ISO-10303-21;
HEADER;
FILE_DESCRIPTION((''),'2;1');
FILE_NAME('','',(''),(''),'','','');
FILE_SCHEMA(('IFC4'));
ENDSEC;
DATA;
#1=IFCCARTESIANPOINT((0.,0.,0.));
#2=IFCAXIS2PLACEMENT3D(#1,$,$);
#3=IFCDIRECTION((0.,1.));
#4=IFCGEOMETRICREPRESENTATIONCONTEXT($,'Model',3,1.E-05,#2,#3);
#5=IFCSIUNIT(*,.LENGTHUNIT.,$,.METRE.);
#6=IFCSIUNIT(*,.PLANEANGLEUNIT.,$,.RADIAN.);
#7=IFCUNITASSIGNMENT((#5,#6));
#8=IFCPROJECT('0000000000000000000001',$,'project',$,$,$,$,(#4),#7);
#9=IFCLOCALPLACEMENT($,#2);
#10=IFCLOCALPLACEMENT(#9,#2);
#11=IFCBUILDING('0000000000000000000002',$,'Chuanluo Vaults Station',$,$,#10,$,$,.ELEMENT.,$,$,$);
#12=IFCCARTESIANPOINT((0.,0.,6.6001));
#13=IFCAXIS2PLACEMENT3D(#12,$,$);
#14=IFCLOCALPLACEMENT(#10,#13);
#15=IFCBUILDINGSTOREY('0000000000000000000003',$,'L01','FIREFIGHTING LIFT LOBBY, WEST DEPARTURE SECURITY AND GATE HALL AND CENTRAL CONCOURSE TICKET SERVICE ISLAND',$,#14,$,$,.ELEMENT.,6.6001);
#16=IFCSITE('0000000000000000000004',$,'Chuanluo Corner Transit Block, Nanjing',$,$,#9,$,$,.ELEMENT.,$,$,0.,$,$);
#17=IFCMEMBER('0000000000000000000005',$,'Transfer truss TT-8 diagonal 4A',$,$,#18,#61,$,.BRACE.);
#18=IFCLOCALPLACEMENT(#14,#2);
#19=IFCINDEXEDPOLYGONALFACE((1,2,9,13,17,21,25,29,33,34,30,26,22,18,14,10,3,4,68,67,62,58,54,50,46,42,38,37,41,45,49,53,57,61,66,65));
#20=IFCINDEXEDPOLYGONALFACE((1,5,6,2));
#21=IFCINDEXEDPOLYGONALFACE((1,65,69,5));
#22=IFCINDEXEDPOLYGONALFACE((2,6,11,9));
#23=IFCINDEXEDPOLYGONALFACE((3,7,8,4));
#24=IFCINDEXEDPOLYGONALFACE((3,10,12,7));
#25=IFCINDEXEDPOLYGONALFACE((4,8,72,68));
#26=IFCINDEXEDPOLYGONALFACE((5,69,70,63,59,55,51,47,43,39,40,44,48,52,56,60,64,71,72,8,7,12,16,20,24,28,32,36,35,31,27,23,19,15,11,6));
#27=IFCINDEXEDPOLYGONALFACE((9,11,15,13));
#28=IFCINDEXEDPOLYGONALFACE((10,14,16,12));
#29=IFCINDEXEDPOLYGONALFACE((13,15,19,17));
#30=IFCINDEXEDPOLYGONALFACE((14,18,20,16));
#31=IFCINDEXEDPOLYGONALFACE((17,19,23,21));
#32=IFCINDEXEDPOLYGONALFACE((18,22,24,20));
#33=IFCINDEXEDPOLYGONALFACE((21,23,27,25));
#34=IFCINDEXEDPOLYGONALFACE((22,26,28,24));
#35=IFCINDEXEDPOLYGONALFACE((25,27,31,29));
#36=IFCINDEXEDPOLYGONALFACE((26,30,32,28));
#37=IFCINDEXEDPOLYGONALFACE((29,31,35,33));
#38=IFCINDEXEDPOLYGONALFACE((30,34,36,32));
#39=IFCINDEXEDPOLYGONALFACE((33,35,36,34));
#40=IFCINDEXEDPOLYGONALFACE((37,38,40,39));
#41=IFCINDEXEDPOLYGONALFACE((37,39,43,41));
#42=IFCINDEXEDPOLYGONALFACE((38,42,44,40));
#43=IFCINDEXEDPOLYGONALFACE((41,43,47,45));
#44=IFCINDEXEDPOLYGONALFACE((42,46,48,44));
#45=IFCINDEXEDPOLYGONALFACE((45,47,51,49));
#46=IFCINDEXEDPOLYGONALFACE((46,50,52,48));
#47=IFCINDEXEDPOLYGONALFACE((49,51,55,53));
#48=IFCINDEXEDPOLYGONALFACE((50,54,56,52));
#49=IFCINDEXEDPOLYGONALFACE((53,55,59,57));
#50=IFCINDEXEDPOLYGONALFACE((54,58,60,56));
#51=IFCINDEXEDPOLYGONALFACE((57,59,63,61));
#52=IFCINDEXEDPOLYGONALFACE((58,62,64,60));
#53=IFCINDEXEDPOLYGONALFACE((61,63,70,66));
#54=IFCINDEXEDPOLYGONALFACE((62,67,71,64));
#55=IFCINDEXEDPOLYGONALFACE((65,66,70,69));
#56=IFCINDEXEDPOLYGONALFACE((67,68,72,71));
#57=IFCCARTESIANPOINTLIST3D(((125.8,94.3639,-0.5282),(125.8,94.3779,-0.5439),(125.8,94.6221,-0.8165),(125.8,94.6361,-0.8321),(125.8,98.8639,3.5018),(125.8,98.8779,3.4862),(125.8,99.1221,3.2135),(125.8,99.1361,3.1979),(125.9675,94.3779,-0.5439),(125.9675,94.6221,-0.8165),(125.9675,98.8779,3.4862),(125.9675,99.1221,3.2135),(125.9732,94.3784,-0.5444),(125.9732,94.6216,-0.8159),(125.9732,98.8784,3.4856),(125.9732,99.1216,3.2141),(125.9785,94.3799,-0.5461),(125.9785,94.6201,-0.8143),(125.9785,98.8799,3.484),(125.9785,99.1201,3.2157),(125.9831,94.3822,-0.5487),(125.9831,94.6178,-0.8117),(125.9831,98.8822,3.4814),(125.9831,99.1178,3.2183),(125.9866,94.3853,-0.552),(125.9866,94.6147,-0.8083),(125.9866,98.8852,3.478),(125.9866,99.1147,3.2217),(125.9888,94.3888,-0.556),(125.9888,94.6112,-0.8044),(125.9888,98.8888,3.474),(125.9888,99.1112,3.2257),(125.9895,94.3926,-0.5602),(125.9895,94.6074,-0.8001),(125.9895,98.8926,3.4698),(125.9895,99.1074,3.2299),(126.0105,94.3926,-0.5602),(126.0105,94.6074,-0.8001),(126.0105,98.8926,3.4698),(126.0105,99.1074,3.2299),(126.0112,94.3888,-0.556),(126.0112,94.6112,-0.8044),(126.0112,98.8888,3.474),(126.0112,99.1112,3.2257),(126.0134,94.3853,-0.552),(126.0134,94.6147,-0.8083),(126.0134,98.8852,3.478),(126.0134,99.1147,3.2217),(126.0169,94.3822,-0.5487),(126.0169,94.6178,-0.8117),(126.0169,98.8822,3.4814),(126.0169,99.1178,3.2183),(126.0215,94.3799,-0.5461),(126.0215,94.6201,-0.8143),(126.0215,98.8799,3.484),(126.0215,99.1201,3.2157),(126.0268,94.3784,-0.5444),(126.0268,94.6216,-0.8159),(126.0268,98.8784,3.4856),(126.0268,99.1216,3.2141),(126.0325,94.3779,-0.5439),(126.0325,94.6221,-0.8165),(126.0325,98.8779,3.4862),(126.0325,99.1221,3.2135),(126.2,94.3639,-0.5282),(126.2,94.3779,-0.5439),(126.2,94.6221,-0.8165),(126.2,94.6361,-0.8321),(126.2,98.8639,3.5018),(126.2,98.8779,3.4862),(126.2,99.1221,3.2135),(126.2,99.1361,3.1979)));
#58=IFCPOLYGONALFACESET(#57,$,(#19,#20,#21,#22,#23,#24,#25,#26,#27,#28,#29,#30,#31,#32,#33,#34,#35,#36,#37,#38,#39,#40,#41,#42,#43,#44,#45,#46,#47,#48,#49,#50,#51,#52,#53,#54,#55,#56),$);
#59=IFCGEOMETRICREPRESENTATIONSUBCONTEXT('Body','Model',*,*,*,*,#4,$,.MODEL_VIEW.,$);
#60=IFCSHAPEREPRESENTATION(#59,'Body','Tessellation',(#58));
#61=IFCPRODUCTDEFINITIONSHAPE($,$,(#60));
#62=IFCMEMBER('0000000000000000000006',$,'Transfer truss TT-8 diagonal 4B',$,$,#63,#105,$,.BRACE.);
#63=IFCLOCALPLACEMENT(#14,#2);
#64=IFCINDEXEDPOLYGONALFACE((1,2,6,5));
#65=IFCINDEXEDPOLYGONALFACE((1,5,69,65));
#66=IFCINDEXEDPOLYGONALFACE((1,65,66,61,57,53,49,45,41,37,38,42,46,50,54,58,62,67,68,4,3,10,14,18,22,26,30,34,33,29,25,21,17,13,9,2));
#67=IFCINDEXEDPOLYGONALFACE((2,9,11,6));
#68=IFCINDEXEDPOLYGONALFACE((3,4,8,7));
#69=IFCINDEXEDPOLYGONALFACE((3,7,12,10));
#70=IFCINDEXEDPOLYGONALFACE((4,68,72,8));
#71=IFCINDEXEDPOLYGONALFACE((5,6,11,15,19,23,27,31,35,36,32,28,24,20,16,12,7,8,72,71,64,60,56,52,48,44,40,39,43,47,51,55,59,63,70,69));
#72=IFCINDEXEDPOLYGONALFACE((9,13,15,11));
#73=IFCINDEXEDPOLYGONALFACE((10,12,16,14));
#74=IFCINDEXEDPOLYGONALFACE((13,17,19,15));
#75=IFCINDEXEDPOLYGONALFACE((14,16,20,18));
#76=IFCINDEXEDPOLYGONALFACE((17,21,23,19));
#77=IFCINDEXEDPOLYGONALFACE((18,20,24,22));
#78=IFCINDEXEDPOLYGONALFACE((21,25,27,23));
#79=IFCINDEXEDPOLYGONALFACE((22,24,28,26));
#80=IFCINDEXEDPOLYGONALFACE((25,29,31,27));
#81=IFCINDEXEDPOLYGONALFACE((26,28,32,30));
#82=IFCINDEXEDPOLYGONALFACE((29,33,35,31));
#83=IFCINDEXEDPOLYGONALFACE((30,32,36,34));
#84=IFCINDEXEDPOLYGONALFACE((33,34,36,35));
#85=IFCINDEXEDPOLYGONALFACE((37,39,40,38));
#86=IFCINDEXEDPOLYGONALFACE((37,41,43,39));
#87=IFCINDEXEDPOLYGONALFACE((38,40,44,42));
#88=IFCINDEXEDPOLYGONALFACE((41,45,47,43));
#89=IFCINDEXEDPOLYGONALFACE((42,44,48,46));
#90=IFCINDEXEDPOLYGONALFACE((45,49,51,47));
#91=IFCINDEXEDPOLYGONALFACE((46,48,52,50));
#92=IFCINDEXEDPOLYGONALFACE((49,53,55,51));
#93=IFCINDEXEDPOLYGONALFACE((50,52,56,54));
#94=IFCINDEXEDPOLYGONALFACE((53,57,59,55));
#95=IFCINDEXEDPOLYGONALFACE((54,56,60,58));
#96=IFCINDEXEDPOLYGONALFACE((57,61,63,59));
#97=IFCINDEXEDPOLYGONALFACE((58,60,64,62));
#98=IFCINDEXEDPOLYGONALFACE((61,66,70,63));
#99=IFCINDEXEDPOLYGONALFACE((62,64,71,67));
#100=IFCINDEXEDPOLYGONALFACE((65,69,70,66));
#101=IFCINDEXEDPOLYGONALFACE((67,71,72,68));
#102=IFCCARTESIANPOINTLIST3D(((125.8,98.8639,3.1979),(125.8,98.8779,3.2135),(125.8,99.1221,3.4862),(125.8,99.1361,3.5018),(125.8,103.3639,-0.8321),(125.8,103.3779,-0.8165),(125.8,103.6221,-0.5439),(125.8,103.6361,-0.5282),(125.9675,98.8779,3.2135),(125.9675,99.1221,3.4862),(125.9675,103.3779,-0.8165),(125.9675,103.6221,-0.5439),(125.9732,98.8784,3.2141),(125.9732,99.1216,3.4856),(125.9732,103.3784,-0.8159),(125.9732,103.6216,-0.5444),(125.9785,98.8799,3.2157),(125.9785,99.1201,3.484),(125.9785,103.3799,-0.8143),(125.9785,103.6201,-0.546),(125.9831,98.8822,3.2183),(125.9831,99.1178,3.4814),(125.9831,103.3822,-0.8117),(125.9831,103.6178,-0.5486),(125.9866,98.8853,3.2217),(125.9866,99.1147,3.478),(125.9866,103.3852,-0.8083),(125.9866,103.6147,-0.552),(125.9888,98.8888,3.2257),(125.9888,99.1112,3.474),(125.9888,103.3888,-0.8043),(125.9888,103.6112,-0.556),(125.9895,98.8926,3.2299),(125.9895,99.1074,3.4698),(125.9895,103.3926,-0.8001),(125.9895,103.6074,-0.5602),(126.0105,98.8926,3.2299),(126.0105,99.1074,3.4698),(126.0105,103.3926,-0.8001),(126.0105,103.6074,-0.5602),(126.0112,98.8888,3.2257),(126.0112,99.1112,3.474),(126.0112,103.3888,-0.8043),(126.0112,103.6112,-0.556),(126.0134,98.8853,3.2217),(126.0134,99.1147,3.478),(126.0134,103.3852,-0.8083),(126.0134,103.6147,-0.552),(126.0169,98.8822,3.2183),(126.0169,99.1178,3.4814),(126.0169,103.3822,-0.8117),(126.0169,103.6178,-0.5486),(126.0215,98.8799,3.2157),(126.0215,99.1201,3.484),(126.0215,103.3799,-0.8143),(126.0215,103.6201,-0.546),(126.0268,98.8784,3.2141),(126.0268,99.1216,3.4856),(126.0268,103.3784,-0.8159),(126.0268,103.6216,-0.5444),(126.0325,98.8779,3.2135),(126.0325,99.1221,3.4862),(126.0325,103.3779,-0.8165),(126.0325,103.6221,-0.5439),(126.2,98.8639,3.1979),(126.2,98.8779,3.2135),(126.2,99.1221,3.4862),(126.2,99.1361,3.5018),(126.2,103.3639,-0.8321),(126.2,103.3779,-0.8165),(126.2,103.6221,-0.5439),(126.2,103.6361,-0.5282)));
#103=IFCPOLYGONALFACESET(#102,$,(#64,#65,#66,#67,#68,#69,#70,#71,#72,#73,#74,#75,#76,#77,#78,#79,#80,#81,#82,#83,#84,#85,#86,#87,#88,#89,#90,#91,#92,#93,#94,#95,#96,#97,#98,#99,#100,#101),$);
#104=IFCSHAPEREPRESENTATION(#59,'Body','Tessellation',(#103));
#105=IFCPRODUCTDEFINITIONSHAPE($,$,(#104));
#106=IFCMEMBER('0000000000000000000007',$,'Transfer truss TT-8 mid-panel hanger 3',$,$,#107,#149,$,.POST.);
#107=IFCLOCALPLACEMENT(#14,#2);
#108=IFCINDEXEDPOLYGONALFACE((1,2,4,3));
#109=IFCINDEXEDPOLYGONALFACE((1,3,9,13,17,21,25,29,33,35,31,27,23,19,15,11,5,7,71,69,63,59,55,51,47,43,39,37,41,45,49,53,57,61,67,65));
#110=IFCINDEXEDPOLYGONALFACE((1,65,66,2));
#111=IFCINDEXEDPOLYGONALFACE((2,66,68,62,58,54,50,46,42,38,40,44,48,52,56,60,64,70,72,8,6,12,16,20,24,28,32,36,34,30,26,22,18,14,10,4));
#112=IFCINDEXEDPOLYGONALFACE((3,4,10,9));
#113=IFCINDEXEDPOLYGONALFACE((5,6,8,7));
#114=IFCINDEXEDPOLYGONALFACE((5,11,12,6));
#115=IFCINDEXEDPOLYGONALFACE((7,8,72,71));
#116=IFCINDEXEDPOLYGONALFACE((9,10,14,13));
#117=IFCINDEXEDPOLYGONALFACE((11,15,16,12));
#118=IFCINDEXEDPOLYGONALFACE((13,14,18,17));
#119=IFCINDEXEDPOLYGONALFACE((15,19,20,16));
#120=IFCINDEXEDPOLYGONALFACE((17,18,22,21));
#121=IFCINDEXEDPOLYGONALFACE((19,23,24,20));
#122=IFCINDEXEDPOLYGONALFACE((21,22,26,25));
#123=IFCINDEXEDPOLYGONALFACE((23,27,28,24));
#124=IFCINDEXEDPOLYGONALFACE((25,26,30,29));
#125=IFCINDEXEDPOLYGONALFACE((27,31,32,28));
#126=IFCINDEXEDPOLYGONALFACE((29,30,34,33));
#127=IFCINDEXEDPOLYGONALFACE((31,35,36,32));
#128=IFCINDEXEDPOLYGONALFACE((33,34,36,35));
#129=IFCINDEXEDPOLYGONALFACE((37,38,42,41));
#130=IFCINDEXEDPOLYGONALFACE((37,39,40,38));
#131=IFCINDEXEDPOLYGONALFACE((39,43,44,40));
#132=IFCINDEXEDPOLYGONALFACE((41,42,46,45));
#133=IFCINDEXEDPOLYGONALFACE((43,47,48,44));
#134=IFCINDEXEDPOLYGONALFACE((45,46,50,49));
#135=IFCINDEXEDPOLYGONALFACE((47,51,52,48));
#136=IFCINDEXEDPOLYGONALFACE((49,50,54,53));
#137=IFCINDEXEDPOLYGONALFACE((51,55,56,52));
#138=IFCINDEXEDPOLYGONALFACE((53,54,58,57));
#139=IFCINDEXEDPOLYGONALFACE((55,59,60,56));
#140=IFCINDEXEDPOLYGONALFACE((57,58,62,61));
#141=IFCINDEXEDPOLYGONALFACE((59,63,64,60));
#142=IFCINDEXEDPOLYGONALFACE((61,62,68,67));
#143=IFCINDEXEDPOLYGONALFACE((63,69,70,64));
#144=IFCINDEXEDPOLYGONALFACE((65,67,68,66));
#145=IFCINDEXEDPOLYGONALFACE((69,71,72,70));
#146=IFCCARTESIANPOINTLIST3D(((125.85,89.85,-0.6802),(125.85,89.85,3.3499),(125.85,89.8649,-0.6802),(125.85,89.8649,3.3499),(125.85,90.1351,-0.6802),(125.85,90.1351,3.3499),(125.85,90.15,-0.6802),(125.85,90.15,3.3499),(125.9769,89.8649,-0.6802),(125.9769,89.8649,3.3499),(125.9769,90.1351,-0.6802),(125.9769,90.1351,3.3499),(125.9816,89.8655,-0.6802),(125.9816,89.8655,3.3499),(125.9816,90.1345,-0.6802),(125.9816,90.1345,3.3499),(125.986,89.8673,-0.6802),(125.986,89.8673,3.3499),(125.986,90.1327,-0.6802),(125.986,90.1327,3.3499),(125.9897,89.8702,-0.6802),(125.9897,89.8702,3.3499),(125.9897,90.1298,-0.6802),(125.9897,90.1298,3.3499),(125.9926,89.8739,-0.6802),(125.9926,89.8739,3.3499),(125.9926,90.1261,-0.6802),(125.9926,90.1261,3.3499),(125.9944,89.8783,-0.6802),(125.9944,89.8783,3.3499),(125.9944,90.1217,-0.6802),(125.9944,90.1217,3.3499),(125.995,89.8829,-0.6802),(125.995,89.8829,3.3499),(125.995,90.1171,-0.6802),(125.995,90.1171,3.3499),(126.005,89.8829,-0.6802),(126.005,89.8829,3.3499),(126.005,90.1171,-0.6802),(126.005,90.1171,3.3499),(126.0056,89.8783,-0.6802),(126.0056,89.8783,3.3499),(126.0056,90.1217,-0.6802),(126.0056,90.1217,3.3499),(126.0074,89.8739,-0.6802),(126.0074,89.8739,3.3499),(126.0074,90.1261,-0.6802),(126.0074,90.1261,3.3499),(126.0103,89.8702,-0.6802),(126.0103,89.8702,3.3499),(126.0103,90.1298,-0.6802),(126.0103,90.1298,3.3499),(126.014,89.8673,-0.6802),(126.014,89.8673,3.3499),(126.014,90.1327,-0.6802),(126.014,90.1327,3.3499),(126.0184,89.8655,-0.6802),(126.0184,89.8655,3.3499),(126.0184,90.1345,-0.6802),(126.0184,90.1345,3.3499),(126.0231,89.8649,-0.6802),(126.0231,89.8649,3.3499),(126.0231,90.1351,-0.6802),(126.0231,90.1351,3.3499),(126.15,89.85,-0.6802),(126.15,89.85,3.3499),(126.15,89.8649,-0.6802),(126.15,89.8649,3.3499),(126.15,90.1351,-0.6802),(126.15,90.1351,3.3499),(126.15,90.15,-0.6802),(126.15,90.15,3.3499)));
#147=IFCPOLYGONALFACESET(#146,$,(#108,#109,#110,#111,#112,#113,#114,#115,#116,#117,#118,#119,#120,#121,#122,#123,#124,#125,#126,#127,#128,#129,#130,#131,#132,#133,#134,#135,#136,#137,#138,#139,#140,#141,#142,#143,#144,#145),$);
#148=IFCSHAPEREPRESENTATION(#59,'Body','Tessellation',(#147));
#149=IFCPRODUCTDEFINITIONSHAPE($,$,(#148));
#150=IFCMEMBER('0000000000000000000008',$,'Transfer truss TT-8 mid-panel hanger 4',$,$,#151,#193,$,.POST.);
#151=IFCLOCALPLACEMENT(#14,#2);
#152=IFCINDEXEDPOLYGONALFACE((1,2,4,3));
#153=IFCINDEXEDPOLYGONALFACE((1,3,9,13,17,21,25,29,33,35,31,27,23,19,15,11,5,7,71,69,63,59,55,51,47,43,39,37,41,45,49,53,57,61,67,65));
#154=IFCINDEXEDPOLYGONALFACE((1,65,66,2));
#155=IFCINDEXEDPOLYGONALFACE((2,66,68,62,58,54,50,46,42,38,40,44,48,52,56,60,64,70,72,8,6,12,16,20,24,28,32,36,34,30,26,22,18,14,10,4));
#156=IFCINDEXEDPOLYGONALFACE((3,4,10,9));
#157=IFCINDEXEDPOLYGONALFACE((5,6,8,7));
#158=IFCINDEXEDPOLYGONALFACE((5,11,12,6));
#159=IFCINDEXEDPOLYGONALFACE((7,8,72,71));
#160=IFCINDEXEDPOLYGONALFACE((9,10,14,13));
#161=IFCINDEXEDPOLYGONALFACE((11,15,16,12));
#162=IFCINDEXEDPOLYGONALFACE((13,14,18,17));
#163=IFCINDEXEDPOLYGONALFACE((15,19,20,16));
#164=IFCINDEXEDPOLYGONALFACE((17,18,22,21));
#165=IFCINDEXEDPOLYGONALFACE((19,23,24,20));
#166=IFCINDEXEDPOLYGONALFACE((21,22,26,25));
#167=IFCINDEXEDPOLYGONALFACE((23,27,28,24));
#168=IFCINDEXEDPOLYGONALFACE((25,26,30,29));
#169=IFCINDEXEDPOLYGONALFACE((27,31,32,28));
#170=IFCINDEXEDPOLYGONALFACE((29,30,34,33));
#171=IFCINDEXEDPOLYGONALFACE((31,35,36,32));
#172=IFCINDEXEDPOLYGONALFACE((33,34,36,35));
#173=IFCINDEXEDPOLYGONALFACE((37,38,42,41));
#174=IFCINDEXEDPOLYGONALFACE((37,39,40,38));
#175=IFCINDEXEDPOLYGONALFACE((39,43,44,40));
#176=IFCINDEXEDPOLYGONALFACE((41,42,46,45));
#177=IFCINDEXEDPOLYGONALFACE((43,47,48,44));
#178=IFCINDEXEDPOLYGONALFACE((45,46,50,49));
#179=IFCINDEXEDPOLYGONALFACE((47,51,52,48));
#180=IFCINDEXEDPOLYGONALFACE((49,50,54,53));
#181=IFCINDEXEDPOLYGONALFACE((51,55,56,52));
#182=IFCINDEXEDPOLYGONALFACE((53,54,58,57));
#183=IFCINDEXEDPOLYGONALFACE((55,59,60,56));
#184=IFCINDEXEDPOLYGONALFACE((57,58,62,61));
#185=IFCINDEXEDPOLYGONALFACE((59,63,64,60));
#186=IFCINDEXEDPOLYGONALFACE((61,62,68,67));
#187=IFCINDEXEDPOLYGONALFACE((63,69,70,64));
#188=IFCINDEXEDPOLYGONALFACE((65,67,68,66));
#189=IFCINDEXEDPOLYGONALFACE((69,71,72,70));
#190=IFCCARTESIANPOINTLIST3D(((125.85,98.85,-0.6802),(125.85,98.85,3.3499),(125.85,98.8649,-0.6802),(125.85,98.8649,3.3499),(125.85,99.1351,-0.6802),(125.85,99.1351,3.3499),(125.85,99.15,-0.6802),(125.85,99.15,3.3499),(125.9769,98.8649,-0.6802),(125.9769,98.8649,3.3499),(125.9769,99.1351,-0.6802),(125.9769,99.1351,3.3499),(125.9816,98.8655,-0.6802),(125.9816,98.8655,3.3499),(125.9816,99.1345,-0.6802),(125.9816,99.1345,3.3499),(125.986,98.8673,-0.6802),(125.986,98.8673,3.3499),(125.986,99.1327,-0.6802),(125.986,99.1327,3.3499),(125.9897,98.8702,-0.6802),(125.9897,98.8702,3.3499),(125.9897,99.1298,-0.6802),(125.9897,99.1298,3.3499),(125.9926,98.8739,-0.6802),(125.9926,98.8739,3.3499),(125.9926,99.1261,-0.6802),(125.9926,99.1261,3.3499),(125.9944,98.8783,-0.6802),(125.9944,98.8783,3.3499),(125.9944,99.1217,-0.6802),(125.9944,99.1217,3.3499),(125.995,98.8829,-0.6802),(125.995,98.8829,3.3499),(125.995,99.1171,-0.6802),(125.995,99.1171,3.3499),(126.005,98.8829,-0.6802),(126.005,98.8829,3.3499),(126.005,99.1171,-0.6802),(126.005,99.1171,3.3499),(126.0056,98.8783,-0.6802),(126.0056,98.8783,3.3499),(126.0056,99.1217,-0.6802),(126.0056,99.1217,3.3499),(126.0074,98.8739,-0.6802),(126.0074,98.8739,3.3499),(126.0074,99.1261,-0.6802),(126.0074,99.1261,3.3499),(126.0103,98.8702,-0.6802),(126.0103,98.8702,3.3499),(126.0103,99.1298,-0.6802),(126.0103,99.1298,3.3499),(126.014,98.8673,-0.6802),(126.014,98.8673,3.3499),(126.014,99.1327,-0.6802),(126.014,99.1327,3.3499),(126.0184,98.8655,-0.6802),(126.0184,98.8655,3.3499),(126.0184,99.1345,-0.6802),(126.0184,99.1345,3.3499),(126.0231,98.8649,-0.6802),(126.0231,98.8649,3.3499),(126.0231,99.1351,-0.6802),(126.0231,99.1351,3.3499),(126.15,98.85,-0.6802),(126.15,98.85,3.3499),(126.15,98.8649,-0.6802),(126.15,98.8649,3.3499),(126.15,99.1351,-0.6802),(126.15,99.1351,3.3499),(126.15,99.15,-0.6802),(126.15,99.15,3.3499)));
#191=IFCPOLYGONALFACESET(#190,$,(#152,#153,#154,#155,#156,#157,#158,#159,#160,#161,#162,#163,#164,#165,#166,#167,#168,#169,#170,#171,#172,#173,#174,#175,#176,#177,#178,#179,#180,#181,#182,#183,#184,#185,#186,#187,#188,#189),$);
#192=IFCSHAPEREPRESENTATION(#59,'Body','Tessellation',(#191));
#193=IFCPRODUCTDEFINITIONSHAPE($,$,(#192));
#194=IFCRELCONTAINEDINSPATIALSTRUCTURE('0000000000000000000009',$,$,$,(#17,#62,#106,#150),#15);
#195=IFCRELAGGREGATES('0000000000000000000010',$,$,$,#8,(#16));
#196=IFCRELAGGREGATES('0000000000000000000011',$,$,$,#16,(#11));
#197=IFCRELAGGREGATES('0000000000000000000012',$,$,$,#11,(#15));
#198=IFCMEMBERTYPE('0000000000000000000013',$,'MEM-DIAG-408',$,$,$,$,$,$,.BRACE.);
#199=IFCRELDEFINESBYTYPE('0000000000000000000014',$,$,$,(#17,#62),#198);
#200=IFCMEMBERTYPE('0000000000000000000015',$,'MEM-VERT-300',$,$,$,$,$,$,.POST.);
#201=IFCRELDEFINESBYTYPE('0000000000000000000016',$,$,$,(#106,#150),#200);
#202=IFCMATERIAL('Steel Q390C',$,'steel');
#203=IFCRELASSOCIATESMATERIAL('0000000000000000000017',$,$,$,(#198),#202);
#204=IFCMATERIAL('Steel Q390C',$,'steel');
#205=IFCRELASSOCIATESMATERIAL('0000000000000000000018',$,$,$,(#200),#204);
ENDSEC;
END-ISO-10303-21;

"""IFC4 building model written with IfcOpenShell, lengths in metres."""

from ifc_helpers import new_model, si_unit, direction, frame, origin, origin_2d, place, context, subcontext, project, spatial, i_section, extrude, material, material_profile, profile_set, type_object, element, save


model = new_model("IFC4")

# Units and contexts
model_context = context("Model", 3, precision=1e-05, world=origin(), true_north=direction((0.0, 1.0)))
body_context = subcontext(model_context, "Body", "Model", "MODEL_VIEW")
ifc_project = project(units=[si_unit("LENGTHUNIT", "METRE"), si_unit("PLANEANGLEUNIT", "RADIAN")], contexts=[model_context])

# Site, building, storey
site_placement = place(None, origin())
site = spatial("IfcSite", under=ifc_project, at=site_placement, Name="Chuanluo Corner Transit Block, Nanjing", CompositionType="ELEMENT", RefElevation=0.0)
building_placement = place(site_placement, origin())
building = spatial("IfcBuilding", under=site, at=building_placement, Name="Chuanluo Vaults Station", CompositionType="ELEMENT")
storey_placement = place(building_placement, frame((0.0, 0.0, 6.6001)))
storey = spatial("IfcBuildingStorey", under=building, at=storey_placement, Name="L01", Description="FIREFIGHTING LIFT LOBBY, WEST DEPARTURE SECURITY AND GATE HALL AND CENTRAL CONCOURSE TICKET SERVICE ISLAND", CompositionType="ELEMENT", Elevation=6.6001)

# Members
ifc_material_1 = material(Name="Steel Q390C", Category="steel")
ifc_material_profile_1 = material_profile(ifc_material_1, i_section(OverallWidth=0.3999, OverallDepth=0.408, WebThickness=0.021, FlangeThickness=0.021, FilletRadius=0.022, at=origin_2d()))
ifc_profile_set_1 = profile_set([ifc_material_profile_1], Name="Steel Q390C")
member_type_1 = type_object("IfcMemberType", Name="MEM-DIAG-408", PredefinedType="BRACE", material=ifc_profile_set_1)
for number, where, z_axis, x_axis, name in (
    (1, (126.0, 94.5, -0.6802), (0.0, 0.744936, 0.667136), (-1.0, 0.0, 0.0), "Transfer truss TT-8 diagonal 4A"),
    (2, (126.0, 99.0, 3.3499), (0.0, 0.744936, -0.667136), (-1.0, 0.0, 0.0), "Transfer truss TT-8 diagonal 4B"),
):
    element("IfcMember", number, at=place(storey_placement, frame(where, z_axis=z_axis, x_axis=x_axis)), inside=storey, type_object=member_type_1, Name=name, PredefinedType="BRACE", context=body_context, shape_type="SweptSolid", body=[
        extrude(i_section(OverallWidth=0.3999, OverallDepth=0.408, WebThickness=0.021, FlangeThickness=0.021, FilletRadius=0.022, at=origin_2d()), origin(), (0.0, 0.0, 1.0), 6.0408),
    ])
ifc_material_2 = material(Name="Steel Q390C", Category="steel")
ifc_material_profile_2 = material_profile(ifc_material_2, i_section(OverallWidth=0.3, OverallDepth=0.3, WebThickness=0.01, FlangeThickness=0.0149, FilletRadius=0.0181, at=origin_2d()))
ifc_profile_set_2 = profile_set([ifc_material_profile_2], Name="Steel Q390C")
member_type_2 = type_object("IfcMemberType", Name="MEM-VERT-300", PredefinedType="POST", material=ifc_profile_set_2)
for number, where, z_axis, x_axis, name in (
    (3, (126.0, 90.0, -0.6802), (0.0, 0.0, 1.0), (1.0, 0.0, 0.0), "Transfer truss TT-8 mid-panel hanger 3"),
    (4, (126.0, 99.0, -0.6802), (0.0, 0.0, 1.0), (1.0, 0.0, 0.0), "Transfer truss TT-8 mid-panel hanger 4"),
):
    element("IfcMember", number, at=place(storey_placement, frame(where, z_axis=z_axis, x_axis=x_axis)), inside=storey, type_object=member_type_2, Name=name, PredefinedType="POST", context=body_context, shape_type="SweptSolid", body=[
        extrude(i_section(OverallWidth=0.3, OverallDepth=0.3, WebThickness=0.01, FlangeThickness=0.0149, FilletRadius=0.0181, at=origin_2d()), origin(), (0.0, 0.0, 1.0), 4.03),
    ])

save(model, "model.ifc")
